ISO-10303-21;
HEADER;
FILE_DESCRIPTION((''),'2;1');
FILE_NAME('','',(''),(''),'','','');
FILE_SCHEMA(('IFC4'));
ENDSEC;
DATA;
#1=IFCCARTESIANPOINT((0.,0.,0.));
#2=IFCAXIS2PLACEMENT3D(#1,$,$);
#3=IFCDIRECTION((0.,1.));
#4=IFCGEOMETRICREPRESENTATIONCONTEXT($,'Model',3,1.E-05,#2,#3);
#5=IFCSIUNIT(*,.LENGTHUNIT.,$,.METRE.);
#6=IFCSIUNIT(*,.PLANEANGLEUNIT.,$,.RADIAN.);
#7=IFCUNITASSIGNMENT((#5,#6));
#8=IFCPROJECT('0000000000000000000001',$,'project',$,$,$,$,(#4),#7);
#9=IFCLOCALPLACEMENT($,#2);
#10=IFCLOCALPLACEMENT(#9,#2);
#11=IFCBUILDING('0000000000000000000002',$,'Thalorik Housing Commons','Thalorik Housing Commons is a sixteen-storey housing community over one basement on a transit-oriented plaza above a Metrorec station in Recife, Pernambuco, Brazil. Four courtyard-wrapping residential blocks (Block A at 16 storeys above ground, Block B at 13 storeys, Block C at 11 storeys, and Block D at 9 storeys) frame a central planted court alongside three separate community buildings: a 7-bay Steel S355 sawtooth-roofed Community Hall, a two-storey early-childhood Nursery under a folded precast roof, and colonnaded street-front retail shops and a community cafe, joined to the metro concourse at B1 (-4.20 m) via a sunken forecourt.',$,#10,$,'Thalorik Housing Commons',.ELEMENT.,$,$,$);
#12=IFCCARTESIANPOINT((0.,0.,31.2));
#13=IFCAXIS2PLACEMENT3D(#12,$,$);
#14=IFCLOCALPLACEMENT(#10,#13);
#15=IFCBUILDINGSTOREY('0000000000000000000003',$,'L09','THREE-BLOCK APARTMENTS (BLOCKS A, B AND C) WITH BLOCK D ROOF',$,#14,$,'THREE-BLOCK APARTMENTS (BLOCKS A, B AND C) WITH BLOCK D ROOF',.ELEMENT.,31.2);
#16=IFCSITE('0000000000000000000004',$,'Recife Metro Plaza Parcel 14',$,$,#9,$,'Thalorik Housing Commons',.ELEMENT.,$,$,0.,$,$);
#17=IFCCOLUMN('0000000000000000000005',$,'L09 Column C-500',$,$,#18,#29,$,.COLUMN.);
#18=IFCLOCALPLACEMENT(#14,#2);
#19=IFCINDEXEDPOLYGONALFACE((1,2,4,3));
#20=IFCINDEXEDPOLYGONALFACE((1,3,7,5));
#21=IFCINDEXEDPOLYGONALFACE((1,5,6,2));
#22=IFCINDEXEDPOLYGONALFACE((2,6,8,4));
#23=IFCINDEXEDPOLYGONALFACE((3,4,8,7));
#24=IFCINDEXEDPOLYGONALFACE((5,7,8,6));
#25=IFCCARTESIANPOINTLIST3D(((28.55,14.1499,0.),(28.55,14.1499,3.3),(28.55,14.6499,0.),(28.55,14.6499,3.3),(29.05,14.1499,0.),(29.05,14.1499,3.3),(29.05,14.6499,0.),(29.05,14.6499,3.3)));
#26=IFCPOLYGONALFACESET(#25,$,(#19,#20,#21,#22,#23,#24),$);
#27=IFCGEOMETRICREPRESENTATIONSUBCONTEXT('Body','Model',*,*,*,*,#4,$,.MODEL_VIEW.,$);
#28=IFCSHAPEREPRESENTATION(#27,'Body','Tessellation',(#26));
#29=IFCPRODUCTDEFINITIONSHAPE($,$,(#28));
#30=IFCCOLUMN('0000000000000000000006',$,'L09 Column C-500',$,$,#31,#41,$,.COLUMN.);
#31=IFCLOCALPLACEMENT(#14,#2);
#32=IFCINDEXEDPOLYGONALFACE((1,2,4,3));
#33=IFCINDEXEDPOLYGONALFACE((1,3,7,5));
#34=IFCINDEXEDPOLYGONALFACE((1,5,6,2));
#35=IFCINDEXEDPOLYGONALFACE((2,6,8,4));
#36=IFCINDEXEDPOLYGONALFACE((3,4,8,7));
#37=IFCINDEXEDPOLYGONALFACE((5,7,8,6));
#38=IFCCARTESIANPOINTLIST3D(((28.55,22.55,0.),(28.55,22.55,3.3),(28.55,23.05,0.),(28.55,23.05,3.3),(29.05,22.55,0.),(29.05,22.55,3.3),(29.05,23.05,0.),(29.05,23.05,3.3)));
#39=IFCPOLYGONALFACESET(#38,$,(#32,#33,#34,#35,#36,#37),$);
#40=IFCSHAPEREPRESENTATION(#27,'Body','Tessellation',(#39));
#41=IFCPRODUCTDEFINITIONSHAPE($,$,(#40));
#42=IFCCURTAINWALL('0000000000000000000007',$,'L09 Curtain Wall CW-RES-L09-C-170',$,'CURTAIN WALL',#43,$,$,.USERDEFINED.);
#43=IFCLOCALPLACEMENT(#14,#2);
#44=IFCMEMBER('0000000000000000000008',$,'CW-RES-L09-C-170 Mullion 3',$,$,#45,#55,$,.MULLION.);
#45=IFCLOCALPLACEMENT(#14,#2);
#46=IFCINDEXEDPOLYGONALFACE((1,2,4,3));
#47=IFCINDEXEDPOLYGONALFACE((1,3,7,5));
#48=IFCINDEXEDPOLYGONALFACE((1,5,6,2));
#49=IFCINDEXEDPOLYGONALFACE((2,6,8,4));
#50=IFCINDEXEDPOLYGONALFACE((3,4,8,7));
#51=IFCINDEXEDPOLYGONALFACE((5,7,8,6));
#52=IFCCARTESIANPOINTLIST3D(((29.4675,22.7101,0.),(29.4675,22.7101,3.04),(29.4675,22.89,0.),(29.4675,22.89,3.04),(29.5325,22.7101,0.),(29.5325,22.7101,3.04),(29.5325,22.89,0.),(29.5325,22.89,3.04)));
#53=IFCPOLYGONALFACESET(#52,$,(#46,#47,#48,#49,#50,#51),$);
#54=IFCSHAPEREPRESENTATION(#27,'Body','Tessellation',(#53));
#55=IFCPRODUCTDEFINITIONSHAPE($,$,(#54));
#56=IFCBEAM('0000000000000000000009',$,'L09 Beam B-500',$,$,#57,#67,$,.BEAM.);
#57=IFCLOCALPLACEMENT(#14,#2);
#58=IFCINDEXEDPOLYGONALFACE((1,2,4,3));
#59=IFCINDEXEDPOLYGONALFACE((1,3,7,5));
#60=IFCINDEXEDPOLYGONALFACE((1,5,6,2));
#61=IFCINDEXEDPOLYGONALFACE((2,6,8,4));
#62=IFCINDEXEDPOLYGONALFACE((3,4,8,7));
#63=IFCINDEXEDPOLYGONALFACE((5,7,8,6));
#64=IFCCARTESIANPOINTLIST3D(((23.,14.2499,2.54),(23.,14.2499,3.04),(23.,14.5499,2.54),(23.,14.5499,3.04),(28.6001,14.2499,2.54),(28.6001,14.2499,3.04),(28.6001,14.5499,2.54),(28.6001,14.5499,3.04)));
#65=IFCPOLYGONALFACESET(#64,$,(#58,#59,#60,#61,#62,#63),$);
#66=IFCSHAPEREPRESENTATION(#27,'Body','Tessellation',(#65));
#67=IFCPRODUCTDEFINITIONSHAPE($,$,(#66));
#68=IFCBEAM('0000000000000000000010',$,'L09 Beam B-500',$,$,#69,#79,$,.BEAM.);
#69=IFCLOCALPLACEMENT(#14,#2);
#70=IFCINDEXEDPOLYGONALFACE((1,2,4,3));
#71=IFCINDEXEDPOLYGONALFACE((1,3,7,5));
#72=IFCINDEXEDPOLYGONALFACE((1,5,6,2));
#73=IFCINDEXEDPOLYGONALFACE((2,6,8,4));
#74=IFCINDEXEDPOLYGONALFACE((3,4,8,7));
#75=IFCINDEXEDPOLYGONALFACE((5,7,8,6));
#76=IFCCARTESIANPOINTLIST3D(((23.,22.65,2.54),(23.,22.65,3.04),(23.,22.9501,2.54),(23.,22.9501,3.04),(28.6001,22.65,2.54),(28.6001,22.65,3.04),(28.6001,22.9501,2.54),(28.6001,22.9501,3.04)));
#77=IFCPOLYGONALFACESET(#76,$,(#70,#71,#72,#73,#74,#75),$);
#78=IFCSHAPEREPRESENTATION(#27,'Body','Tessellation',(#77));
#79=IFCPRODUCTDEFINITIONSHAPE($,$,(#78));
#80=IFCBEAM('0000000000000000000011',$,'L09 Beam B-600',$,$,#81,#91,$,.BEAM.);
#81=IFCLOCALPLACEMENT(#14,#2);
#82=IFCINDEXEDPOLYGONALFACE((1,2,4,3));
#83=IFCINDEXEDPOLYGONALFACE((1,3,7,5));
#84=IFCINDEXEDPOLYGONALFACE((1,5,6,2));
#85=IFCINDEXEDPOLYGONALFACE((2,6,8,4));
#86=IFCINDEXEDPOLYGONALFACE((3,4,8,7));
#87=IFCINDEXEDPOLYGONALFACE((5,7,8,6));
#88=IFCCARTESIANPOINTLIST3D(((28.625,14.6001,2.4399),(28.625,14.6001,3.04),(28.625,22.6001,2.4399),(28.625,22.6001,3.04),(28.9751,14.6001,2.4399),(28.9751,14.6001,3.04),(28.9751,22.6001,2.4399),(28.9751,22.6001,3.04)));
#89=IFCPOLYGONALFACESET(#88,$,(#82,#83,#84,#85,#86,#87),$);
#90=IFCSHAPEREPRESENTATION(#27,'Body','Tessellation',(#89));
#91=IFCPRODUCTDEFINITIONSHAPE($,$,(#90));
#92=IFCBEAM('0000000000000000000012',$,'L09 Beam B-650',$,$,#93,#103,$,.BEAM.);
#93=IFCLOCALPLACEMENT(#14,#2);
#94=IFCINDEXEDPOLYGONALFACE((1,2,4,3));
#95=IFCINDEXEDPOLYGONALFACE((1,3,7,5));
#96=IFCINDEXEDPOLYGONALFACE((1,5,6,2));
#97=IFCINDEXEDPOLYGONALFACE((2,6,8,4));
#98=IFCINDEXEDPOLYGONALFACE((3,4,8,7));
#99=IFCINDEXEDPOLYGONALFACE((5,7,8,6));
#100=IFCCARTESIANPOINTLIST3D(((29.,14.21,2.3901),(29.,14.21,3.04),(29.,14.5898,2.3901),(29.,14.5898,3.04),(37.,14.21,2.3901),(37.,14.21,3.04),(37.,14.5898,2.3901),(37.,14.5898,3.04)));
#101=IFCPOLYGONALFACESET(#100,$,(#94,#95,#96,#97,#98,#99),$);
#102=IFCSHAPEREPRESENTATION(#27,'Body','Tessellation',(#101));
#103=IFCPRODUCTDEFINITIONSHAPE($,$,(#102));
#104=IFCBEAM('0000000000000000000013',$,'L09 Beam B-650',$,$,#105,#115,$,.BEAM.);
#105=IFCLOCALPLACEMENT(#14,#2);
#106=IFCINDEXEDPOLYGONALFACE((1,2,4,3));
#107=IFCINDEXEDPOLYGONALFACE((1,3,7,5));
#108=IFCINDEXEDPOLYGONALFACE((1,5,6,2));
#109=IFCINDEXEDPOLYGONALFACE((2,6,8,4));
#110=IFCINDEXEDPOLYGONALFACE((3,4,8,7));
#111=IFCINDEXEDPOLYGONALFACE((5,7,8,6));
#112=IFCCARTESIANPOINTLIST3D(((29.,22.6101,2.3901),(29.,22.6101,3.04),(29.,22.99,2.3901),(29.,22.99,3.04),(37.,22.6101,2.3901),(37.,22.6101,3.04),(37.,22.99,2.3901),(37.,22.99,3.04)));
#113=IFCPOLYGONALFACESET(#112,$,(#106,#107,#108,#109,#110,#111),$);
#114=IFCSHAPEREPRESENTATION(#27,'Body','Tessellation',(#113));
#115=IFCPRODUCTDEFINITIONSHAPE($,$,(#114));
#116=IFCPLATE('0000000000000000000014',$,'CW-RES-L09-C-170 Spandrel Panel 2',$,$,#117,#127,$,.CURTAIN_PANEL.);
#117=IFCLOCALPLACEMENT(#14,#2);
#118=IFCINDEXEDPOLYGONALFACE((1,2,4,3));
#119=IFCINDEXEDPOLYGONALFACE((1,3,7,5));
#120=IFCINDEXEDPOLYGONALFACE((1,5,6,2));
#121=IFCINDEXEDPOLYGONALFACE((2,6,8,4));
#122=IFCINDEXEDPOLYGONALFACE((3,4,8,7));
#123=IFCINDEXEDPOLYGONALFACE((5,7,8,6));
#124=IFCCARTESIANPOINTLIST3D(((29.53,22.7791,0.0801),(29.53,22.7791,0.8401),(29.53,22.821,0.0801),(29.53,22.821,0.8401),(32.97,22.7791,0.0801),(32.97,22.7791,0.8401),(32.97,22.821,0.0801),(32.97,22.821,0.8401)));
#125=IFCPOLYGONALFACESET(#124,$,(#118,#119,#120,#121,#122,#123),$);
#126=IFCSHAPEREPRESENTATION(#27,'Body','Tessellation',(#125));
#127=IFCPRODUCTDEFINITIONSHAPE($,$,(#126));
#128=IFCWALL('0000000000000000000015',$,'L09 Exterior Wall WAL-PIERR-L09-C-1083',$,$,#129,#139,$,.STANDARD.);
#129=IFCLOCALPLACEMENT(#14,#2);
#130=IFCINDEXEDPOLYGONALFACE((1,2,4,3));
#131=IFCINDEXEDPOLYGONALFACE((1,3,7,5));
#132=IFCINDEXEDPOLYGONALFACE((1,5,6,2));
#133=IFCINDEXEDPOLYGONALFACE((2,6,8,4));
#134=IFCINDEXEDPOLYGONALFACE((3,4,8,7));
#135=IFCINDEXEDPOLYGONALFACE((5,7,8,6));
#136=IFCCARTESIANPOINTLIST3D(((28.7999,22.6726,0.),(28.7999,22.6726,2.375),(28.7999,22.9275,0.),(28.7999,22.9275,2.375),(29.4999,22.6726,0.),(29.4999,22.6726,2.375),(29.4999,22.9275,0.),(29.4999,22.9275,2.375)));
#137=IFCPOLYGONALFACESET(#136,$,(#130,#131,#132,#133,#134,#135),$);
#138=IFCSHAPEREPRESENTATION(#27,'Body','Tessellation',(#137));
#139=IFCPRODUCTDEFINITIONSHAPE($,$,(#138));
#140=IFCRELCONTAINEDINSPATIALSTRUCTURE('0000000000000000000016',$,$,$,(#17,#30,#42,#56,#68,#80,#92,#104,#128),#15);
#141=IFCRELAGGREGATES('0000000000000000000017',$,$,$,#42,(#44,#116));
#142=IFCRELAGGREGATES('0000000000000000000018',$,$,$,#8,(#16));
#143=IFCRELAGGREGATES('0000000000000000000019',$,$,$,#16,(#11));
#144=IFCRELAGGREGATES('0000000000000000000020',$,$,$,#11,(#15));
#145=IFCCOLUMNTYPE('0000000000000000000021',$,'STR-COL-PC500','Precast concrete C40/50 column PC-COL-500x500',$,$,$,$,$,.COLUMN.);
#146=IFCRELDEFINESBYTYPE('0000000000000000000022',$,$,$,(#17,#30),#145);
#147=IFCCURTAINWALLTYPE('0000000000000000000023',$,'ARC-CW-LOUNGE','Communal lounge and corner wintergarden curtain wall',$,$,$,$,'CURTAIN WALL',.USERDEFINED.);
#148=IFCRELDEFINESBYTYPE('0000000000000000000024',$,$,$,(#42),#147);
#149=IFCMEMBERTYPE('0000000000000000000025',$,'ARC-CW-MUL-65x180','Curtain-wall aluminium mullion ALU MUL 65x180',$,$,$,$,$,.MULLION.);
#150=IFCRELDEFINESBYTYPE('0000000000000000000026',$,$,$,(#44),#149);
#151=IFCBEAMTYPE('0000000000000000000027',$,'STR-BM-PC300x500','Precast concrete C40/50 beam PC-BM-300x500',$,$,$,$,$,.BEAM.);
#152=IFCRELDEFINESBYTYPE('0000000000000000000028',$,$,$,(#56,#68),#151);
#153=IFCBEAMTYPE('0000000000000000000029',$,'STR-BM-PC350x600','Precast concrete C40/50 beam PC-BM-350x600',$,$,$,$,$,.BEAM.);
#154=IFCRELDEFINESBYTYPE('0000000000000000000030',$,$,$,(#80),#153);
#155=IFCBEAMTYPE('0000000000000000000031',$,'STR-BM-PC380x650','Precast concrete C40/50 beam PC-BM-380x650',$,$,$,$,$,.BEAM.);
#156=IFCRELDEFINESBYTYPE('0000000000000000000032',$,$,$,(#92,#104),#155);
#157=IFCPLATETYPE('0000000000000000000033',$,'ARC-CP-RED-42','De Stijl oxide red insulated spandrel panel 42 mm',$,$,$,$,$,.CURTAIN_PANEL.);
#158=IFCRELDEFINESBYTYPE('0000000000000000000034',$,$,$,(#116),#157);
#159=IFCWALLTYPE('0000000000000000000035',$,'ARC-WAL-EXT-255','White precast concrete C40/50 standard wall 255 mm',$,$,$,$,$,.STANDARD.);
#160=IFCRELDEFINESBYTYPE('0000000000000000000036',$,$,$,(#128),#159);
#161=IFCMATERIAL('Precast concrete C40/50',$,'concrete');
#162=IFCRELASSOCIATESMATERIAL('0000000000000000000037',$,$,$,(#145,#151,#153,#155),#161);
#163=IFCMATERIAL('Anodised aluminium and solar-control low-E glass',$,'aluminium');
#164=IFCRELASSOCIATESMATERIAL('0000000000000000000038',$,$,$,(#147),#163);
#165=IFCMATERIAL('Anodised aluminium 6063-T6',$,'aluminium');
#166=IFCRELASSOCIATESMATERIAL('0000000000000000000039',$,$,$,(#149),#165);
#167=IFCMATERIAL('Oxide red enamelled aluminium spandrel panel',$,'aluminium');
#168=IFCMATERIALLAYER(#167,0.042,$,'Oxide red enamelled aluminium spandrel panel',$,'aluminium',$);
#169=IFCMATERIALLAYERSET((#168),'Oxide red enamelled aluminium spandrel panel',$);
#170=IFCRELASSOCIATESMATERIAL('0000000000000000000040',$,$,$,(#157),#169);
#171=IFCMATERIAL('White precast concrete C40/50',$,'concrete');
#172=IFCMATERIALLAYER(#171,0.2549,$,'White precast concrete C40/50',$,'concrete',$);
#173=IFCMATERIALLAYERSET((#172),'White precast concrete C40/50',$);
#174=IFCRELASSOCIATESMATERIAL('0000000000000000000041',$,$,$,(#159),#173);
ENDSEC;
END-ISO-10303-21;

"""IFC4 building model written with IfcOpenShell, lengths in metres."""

from ifc_helpers import new_model, si_unit, direction, frame, frame_2d, origin, origin_2d, place, context, subcontext, project, spatial, rectangle, extrude, material, layer, layer_set, material_profile, profile_set, type_object, element, aggregate, save


model = new_model("IFC4")

# Units and contexts
model_context = context("Model", 3, precision=1e-05, world=origin(), true_north=direction((0.0, 1.0)))
body_context = subcontext(model_context, "Body", "Model", "MODEL_VIEW")
ifc_project = project(units=[si_unit("LENGTHUNIT", "METRE"), si_unit("PLANEANGLEUNIT", "RADIAN")], contexts=[model_context])

# Site, building, storey
site_placement = place(None, origin())
site = spatial("IfcSite", under=ifc_project, at=site_placement, Name="Recife Metro Plaza Parcel 14", LongName="Thalorik Housing Commons", CompositionType="ELEMENT", RefElevation=0.0)
building_placement = place(site_placement, origin())
building = spatial("IfcBuilding", under=site, at=building_placement, Name="Thalorik Housing Commons", Description="Thalorik Housing Commons is a sixteen-storey housing community over one basement on a transit-oriented plaza above a Metrorec station in Recife, Pernambuco, Brazil. Four courtyard-wrapping residential blocks (Block A at 16 storeys above ground, Block B at 13 storeys, Block C at 11 storeys, and Block D at 9 storeys) frame a central planted court alongside three separate community buildings: a 7-bay Steel S355 sawtooth-roofed Community Hall, a two-storey early-childhood Nursery under a folded precast roof, and colonnaded street-front retail shops and a community cafe, joined to the metro concourse at B1 (-4.20 m) via a sunken forecourt.", LongName="Thalorik Housing Commons", CompositionType="ELEMENT")
storey_placement = place(building_placement, frame((0.0, 0.0, 31.2)))
storey = spatial("IfcBuildingStorey", under=building, at=storey_placement, Name="L09", Description="THREE-BLOCK APARTMENTS (BLOCKS A, B AND C) WITH BLOCK D ROOF", LongName="THREE-BLOCK APARTMENTS (BLOCKS A, B AND C) WITH BLOCK D ROOF", CompositionType="ELEMENT", Elevation=31.2)

# Columns
ifc_material_1 = material(Name="Precast concrete C40/50", Category="concrete")
ifc_material_profile_1 = material_profile(ifc_material_1, rectangle(XDim=0.5, YDim=0.5, at=origin_2d()), Name="PC 500x500", Category="concrete")
ifc_profile_set_1 = profile_set([ifc_material_profile_1], Name="Precast concrete C40/50")
column_type = type_object("IfcColumnType", Name="STR-COL-PC500", Description="Precast concrete C40/50 column PC-COL-500x500", PredefinedType="COLUMN", material=ifc_profile_set_1)
for number, where, z_axis, x_axis, name in (
    (1, (28.8, 14.3999, 0.0), (0.0, 0.0, 1.0), (1.0, 0.0, 0.0), "L09 Column C-500"),
    (2, (28.8, 22.8, 0.0), (0.0, 0.0, 1.0), (1.0, 0.0, 0.0), "L09 Column C-500"),
):
    element("IfcColumn", number, at=place(storey_placement, frame(where, z_axis=z_axis, x_axis=x_axis)), inside=storey, type_object=column_type, Name=name, PredefinedType="COLUMN", context=body_context, shape_type="SweptSolid", body=[
        extrude(rectangle(XDim=0.5, YDim=0.5, at=origin_2d()), origin(), (0.0, 0.0, 1.0), 3.3),
    ])

# Curtain wall, member
ifc_material_2 = material(Name="Anodised aluminium and solar-control low-E glass", Category="aluminium")
curtain_wall_type = type_object("IfcCurtainWallType", Name="ARC-CW-LOUNGE", Description="Communal lounge and corner wintergarden curtain wall", ElementType="CURTAIN WALL", PredefinedType="USERDEFINED", material=ifc_material_2)
curtain_wall_placement = place(storey_placement, origin())
curtain_wall = element("IfcCurtainWall", 3, at=curtain_wall_placement, inside=storey, type_object=curtain_wall_type, Name="L09 Curtain Wall CW-RES-L09-C-170", ObjectType="CURTAIN WALL", PredefinedType="USERDEFINED")
ifc_material_3 = material(Name="Anodised aluminium 6063-T6", Category="aluminium")
ifc_material_profile_2 = material_profile(ifc_material_3, rectangle(XDim=0.0649, YDim=0.1799, at=origin_2d()), Name="ALU MUL 65x180", Category="aluminium")
ifc_profile_set_2 = profile_set([ifc_material_profile_2], Name="Anodised aluminium 6063-T6")
member_type = type_object("IfcMemberType", Name="ARC-CW-MUL-65x180", Description="Curtain-wall aluminium mullion ALU MUL 65x180", PredefinedType="MULLION", material=ifc_profile_set_2)
member_placement = place(storey_placement, frame((29.5, 22.8, 0.0), z_axis=(0.0, 0.0, 1.0), x_axis=(-1.0, 0.0, 0.0)))
member = element("IfcMember", 4, at=member_placement, type_object=member_type, Name="CW-RES-L09-C-170 Mullion 3", PredefinedType="MULLION", context=body_context, shape_type="SweptSolid", body=[
    extrude(rectangle(XDim=0.0649, YDim=0.1799, at=origin_2d()), origin(), (0.0, 0.0, 1.0), 3.04),
])

# Beams
ifc_material_profile_3 = material_profile(ifc_material_1, rectangle(XDim=0.3, YDim=0.5, at=origin_2d()), Name="PC 300x500", Category="concrete")
ifc_profile_set_3 = profile_set([ifc_material_profile_3], Name="Precast concrete C40/50")
beam_type_1 = type_object("IfcBeamType", Name="STR-BM-PC300x500", Description="Precast concrete C40/50 beam PC-BM-300x500", PredefinedType="BEAM", material=ifc_profile_set_3)
for number, where, z_axis, x_axis, name in (
    (5, (23.0, 14.3999, 2.79), (1.0, 0.0, 0.0), (0.0, 1.0, 0.0), "L09 Beam B-500"),
    (6, (23.0, 22.8, 2.79), (1.0, 0.0, 0.0), (0.0, 1.0, 0.0), "L09 Beam B-500"),
):
    element("IfcBeam", number, at=place(storey_placement, frame(where, z_axis=z_axis, x_axis=x_axis)), inside=storey, type_object=beam_type_1, Name=name, PredefinedType="BEAM", context=body_context, shape_type="SweptSolid", body=[
        extrude(rectangle(XDim=0.3, YDim=0.5, at=origin_2d()), origin(), (0.0, 0.0, 1.0), 5.6001),
    ])
ifc_material_profile_4 = material_profile(ifc_material_1, rectangle(XDim=0.3501, YDim=0.6001, at=origin_2d()), Name="PC 350x600", Category="concrete")
ifc_profile_set_4 = profile_set([ifc_material_profile_4], Name="Precast concrete C40/50")
beam_type_2 = type_object("IfcBeamType", Name="STR-BM-PC350x600", Description="Precast concrete C40/50 beam PC-BM-350x600", PredefinedType="BEAM", material=ifc_profile_set_4)
beam_placement = place(storey_placement, frame((28.8, 14.6001, 2.74), z_axis=(0.0, 1.0, 0.0), x_axis=(-1.0, 0.0, 0.0)))
element("IfcBeam", 7, at=beam_placement, inside=storey, type_object=beam_type_2, Name="L09 Beam B-600", PredefinedType="BEAM", context=body_context, shape_type="SweptSolid", body=[
    extrude(rectangle(XDim=0.3501, YDim=0.6001, at=origin_2d()), origin(), (0.0, 0.0, 1.0), 8.0),
])
ifc_material_profile_5 = material_profile(ifc_material_1, rectangle(XDim=0.3799, YDim=0.6499, at=origin_2d()), Name="PC 380x650", Category="concrete")
ifc_profile_set_5 = profile_set([ifc_material_profile_5], Name="Precast concrete C40/50")
beam_type_3 = type_object("IfcBeamType", Name="STR-BM-PC380x650", Description="Precast concrete C40/50 beam PC-BM-380x650", PredefinedType="BEAM", material=ifc_profile_set_5)
for number, where, z_axis, x_axis, name in (
    (8, (29.0, 14.3999, 2.7151), (1.0, 0.0, 0.0), (0.0, 1.0, 0.0), "L09 Beam B-650"),
    (9, (29.0, 22.8, 2.7151), (1.0, 0.0, 0.0), (0.0, 1.0, 0.0), "L09 Beam B-650"),
):
    element("IfcBeam", number, at=place(storey_placement, frame(where, z_axis=z_axis, x_axis=x_axis)), inside=storey, type_object=beam_type_3, Name=name, PredefinedType="BEAM", context=body_context, shape_type="SweptSolid", body=[
        extrude(rectangle(XDim=0.3799, YDim=0.6499, at=origin_2d()), origin(), (0.0, 0.0, 1.0), 8.0),
    ])

# Plate
ifc_material_4 = material(Name="Oxide red enamelled aluminium spandrel panel", Category="aluminium")
ifc_layer_1 = layer(ifc_material_4, 0.042, Name="Oxide red enamelled aluminium spandrel panel", Category="aluminium")
ifc_layer_set_1 = layer_set([ifc_layer_1], Name="Oxide red enamelled aluminium spandrel panel")
plate_type = type_object("IfcPlateType", Name="ARC-CP-RED-42", Description="De Stijl oxide red insulated spandrel panel 42 mm", PredefinedType="CURTAIN_PANEL", material=ifc_layer_set_1)
plate_placement = place(storey_placement, frame((31.25, 22.8, 0.0801), z_axis=(0.0, 0.0, 1.0), x_axis=(-1.0, 0.0, 0.0)))
plate = element("IfcPlate", 10, at=plate_placement, type_object=plate_type, Name="CW-RES-L09-C-170 Spandrel Panel 2", PredefinedType="CURTAIN_PANEL", context=body_context, shape_type="SweptSolid", body=[
    extrude(rectangle(XDim=3.4399, YDim=0.042, at=origin_2d()), origin(), (0.0, 0.0, 1.0), 0.76),
])
aggregate(curtain_wall, [member, plate])

# Wall
ifc_material_5 = material(Name="White precast concrete C40/50", Category="concrete")
ifc_layer_2 = layer(ifc_material_5, 0.2549, Name="White precast concrete C40/50", Category="concrete")
ifc_layer_set_2 = layer_set([ifc_layer_2], Name="White precast concrete C40/50")
wall_type_1 = type_object("IfcWallType", Name="ARC-WAL-EXT-255", Description="White precast concrete C40/50 standard wall 255 mm", PredefinedType="STANDARD", material=ifc_layer_set_2)
wall_1_placement = place(storey_placement, frame((29.5, 22.8, 0.0), z_axis=(0.0, 0.0, 1.0), x_axis=(-1.0, 0.0, 0.0)))
element("IfcWall", 11, at=wall_1_placement, inside=storey, type_object=wall_type_1, Name="L09 Exterior Wall WAL-PIERR-L09-C-1083", PredefinedType="STANDARD", context=body_context, shape_type="SweptSolid", body=[
    extrude(rectangle(XDim=0.7, YDim=0.2549, at=frame_2d((0.3501, 0.0))), origin(), (0.0, 0.0, 1.0), 2.375),
])

save(model, "model.ifc")
